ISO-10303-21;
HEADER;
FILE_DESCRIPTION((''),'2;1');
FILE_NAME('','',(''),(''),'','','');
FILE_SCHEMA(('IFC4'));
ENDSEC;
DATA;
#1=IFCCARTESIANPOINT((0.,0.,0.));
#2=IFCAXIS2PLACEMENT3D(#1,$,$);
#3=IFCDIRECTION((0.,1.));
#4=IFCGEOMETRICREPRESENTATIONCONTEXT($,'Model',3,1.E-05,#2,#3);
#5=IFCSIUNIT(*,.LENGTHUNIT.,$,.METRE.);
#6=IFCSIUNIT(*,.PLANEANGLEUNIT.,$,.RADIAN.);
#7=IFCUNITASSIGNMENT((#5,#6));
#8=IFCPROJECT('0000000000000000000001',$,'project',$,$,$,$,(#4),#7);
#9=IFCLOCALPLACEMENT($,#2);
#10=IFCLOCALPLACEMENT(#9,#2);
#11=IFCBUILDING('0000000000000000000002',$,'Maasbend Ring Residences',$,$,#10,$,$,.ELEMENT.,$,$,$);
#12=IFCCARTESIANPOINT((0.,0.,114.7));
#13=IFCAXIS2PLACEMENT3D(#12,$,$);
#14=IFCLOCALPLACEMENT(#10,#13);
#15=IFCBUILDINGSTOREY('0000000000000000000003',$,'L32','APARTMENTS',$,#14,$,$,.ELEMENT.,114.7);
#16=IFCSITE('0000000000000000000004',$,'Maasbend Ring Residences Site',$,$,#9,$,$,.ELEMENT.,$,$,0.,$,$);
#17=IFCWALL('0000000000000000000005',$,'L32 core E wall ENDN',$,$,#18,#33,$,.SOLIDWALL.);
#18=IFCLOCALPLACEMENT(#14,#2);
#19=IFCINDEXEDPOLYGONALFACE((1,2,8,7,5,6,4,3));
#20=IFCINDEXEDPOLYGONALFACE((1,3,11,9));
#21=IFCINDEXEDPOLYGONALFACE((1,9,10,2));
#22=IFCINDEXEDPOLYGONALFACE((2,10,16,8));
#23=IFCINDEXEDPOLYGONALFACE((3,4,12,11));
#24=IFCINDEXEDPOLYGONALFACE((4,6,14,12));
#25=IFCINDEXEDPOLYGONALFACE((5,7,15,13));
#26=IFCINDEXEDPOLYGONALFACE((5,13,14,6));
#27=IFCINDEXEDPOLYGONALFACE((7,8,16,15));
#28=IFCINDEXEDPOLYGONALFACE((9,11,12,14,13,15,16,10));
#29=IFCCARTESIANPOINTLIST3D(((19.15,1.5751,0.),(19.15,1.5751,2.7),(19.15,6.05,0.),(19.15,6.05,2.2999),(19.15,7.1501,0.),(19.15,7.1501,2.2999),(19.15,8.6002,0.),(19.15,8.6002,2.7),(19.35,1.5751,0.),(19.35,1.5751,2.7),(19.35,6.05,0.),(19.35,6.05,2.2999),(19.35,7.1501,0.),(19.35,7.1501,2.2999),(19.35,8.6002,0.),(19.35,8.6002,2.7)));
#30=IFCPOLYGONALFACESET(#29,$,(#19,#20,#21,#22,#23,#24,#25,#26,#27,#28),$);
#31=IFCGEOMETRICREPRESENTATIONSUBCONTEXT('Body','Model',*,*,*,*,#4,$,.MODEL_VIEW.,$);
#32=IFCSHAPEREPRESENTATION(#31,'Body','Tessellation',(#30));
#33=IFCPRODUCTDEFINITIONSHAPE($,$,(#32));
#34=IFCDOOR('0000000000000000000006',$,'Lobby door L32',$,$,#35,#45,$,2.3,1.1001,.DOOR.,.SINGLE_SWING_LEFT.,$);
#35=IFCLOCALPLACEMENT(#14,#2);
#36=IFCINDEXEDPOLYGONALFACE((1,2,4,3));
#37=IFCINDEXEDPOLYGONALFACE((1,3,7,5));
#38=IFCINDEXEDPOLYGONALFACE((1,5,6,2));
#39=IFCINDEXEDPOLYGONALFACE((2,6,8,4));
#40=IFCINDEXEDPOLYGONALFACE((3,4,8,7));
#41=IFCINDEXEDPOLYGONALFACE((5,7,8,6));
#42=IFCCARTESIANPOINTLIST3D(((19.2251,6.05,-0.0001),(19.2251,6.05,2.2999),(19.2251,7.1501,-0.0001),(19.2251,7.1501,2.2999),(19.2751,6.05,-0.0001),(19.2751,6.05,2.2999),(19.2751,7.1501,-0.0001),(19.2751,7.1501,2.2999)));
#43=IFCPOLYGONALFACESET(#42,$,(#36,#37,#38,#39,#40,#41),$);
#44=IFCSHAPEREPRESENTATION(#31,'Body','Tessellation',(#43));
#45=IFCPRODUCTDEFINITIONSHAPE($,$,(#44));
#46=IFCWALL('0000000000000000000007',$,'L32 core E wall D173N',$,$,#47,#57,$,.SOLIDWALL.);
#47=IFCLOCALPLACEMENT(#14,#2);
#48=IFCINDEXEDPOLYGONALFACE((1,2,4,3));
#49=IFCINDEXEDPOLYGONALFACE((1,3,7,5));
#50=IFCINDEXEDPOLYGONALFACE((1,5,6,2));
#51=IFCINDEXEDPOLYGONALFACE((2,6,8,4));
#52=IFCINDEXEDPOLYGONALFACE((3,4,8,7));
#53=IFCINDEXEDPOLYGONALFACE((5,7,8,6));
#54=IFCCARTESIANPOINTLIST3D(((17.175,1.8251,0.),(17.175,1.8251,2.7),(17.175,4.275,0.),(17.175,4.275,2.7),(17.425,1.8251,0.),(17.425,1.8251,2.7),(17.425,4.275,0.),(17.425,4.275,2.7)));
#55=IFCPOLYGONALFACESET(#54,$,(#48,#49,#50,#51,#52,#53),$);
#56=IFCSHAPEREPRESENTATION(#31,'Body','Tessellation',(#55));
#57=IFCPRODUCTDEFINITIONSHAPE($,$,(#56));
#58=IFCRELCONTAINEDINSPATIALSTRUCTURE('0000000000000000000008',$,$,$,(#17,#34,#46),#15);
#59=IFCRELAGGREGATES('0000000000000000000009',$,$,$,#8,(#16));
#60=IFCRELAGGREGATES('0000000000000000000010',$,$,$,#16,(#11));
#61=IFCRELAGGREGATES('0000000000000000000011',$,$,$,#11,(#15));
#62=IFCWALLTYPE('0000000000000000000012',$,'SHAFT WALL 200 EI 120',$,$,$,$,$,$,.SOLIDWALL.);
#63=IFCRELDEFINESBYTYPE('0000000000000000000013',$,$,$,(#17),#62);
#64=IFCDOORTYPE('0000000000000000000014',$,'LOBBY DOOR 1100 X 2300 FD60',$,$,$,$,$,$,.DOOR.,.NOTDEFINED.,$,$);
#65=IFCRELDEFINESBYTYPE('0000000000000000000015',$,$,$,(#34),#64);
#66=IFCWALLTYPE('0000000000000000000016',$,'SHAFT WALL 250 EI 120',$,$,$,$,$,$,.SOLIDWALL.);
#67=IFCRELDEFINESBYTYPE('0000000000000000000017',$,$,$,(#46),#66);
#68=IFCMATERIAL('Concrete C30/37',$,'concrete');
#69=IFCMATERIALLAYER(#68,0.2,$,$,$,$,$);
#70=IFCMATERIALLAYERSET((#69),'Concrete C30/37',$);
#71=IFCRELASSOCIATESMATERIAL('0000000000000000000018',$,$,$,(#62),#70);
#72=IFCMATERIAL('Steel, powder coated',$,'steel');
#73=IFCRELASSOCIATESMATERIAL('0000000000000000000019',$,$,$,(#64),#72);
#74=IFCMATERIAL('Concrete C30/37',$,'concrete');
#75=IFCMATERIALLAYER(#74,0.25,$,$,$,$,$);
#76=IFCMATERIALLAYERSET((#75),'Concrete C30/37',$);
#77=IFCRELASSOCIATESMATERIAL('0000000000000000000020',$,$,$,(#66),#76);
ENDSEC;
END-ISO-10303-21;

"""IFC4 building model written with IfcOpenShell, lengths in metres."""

from ifc_helpers import new_model, si_unit, direction, frame, frame_2d, origin, place, context, subcontext, project, spatial, rectangle, extrude, material, layer, layer_set, type_object, element, fill, save


model = new_model("IFC4")

# Units and contexts
model_context = context("Model", 3, precision=1e-05, world=origin(), true_north=direction((0.0, 1.0)))
body_context = subcontext(model_context, "Body", "Model", "MODEL_VIEW")
ifc_project = project(units=[si_unit("LENGTHUNIT", "METRE"), si_unit("PLANEANGLEUNIT", "RADIAN")], contexts=[model_context])

# Site, building, storey
site_placement = place(None, origin())
site = spatial("IfcSite", under=ifc_project, at=site_placement, Name="Maasbend Ring Residences Site", CompositionType="ELEMENT", RefElevation=0.0)
building_placement = place(site_placement, origin())
building = spatial("IfcBuilding", under=site, at=building_placement, Name="Maasbend Ring Residences", CompositionType="ELEMENT")
storey_placement = place(building_placement, frame((0.0, 0.0, 114.7)))
storey = spatial("IfcBuildingStorey", under=building, at=storey_placement, Name="L32", Description="APARTMENTS", CompositionType="ELEMENT", Elevation=114.7)

# Wall, opening, door
ifc_material_1 = material(Name="Concrete C30/37", Category="concrete")
ifc_layer_1 = layer(ifc_material_1, 0.2)
ifc_layer_set_1 = layer_set([ifc_layer_1], Name="Concrete C30/37")
wall_type_1 = type_object("IfcWallType", Name="SHAFT WALL 200 EI 120", PredefinedType="SOLIDWALL", material=ifc_layer_set_1)
wall_1_placement = place(storey_placement, frame((19.25, 1.575, 0.0), z_axis=(0.0, 0.0, 1.0), x_axis=(0.0, 1.0, 0.0)))
wall_1 = element("IfcWall", 1, at=wall_1_placement, inside=storey, type_object=wall_type_1, Name="L32 core E wall ENDN", PredefinedType="SOLIDWALL", context=body_context, shape_type="SweptSolid", body=[
    extrude(rectangle(XDim=7.0251, YDim=0.2, at=frame_2d((3.5127, 0.0))), origin(), (0.0, 0.0, 1.0), 2.7),
])
opening_1_placement = place(wall_1_placement, frame((4.4751, 0.0, 0.0)))
opening_1 = element("IfcOpeningElement", 2, at=opening_1_placement, cuts=wall_1, PredefinedType="OPENING", context=body_context, shape_type="SweptSolid", body=[
    extrude(rectangle(XDim=1.1001, YDim=2.3, at=frame_2d((0.55, 1.1499))), frame((0.0, 0.1099, 0.0), z_axis=(0.0, -1.0, 0.0), x_axis=(1.0, 0.0, 0.0)), (0.0, 0.0, 1.0), 0.22),
])
ifc_material_2 = material(Name="Steel, powder coated", Category="steel")
door_type_1 = type_object("IfcDoorType", Name="LOBBY DOOR 1100 X 2300 FD60", OperationType="NOTDEFINED", PredefinedType="DOOR", material=ifc_material_2)
door_1_placement = place(opening_1_placement, origin())
door_1 = element("IfcDoor", 3, at=door_1_placement, inside=storey, type_object=door_type_1, Name="Lobby door L32", OperationType="SINGLE_SWING_LEFT", OverallHeight=2.3, OverallWidth=1.1001, PredefinedType="DOOR", context=body_context, shape_type="SweptSolid", body=[
    extrude(rectangle(XDim=1.1001, YDim=2.3, at=frame_2d((0.55, 1.1499))), frame((0.0, 0.0249, 0.0), z_axis=(0.0, -1.0, 0.0), x_axis=(1.0, 0.0, 0.0)), (0.0, 0.0, 1.0), 0.05),
])
fill(opening_1, door_1)

# Wall
ifc_material_3 = material(Name="Concrete C30/37", Category="concrete")
ifc_layer_2 = layer(ifc_material_3, 0.25)
ifc_layer_set_2 = layer_set([ifc_layer_2], Name="Concrete C30/37")
wall_type_2 = type_object("IfcWallType", Name="SHAFT WALL 250 EI 120", PredefinedType="SOLIDWALL", material=ifc_layer_set_2)
wall_2_placement = place(storey_placement, frame((17.3, 1.825, 0.0), z_axis=(0.0, 0.0, 1.0), x_axis=(0.0, 1.0, 0.0)))
element("IfcWall", 4, at=wall_2_placement, inside=storey, type_object=wall_type_2, Name="L32 core E wall D173N", PredefinedType="SOLIDWALL", context=body_context, shape_type="SweptSolid", body=[
    extrude(rectangle(XDim=2.45, YDim=0.25, at=frame_2d((1.2251, 0.0))), origin(), (0.0, 0.0, 1.0), 2.7),
])

save(model, "model.ifc")
